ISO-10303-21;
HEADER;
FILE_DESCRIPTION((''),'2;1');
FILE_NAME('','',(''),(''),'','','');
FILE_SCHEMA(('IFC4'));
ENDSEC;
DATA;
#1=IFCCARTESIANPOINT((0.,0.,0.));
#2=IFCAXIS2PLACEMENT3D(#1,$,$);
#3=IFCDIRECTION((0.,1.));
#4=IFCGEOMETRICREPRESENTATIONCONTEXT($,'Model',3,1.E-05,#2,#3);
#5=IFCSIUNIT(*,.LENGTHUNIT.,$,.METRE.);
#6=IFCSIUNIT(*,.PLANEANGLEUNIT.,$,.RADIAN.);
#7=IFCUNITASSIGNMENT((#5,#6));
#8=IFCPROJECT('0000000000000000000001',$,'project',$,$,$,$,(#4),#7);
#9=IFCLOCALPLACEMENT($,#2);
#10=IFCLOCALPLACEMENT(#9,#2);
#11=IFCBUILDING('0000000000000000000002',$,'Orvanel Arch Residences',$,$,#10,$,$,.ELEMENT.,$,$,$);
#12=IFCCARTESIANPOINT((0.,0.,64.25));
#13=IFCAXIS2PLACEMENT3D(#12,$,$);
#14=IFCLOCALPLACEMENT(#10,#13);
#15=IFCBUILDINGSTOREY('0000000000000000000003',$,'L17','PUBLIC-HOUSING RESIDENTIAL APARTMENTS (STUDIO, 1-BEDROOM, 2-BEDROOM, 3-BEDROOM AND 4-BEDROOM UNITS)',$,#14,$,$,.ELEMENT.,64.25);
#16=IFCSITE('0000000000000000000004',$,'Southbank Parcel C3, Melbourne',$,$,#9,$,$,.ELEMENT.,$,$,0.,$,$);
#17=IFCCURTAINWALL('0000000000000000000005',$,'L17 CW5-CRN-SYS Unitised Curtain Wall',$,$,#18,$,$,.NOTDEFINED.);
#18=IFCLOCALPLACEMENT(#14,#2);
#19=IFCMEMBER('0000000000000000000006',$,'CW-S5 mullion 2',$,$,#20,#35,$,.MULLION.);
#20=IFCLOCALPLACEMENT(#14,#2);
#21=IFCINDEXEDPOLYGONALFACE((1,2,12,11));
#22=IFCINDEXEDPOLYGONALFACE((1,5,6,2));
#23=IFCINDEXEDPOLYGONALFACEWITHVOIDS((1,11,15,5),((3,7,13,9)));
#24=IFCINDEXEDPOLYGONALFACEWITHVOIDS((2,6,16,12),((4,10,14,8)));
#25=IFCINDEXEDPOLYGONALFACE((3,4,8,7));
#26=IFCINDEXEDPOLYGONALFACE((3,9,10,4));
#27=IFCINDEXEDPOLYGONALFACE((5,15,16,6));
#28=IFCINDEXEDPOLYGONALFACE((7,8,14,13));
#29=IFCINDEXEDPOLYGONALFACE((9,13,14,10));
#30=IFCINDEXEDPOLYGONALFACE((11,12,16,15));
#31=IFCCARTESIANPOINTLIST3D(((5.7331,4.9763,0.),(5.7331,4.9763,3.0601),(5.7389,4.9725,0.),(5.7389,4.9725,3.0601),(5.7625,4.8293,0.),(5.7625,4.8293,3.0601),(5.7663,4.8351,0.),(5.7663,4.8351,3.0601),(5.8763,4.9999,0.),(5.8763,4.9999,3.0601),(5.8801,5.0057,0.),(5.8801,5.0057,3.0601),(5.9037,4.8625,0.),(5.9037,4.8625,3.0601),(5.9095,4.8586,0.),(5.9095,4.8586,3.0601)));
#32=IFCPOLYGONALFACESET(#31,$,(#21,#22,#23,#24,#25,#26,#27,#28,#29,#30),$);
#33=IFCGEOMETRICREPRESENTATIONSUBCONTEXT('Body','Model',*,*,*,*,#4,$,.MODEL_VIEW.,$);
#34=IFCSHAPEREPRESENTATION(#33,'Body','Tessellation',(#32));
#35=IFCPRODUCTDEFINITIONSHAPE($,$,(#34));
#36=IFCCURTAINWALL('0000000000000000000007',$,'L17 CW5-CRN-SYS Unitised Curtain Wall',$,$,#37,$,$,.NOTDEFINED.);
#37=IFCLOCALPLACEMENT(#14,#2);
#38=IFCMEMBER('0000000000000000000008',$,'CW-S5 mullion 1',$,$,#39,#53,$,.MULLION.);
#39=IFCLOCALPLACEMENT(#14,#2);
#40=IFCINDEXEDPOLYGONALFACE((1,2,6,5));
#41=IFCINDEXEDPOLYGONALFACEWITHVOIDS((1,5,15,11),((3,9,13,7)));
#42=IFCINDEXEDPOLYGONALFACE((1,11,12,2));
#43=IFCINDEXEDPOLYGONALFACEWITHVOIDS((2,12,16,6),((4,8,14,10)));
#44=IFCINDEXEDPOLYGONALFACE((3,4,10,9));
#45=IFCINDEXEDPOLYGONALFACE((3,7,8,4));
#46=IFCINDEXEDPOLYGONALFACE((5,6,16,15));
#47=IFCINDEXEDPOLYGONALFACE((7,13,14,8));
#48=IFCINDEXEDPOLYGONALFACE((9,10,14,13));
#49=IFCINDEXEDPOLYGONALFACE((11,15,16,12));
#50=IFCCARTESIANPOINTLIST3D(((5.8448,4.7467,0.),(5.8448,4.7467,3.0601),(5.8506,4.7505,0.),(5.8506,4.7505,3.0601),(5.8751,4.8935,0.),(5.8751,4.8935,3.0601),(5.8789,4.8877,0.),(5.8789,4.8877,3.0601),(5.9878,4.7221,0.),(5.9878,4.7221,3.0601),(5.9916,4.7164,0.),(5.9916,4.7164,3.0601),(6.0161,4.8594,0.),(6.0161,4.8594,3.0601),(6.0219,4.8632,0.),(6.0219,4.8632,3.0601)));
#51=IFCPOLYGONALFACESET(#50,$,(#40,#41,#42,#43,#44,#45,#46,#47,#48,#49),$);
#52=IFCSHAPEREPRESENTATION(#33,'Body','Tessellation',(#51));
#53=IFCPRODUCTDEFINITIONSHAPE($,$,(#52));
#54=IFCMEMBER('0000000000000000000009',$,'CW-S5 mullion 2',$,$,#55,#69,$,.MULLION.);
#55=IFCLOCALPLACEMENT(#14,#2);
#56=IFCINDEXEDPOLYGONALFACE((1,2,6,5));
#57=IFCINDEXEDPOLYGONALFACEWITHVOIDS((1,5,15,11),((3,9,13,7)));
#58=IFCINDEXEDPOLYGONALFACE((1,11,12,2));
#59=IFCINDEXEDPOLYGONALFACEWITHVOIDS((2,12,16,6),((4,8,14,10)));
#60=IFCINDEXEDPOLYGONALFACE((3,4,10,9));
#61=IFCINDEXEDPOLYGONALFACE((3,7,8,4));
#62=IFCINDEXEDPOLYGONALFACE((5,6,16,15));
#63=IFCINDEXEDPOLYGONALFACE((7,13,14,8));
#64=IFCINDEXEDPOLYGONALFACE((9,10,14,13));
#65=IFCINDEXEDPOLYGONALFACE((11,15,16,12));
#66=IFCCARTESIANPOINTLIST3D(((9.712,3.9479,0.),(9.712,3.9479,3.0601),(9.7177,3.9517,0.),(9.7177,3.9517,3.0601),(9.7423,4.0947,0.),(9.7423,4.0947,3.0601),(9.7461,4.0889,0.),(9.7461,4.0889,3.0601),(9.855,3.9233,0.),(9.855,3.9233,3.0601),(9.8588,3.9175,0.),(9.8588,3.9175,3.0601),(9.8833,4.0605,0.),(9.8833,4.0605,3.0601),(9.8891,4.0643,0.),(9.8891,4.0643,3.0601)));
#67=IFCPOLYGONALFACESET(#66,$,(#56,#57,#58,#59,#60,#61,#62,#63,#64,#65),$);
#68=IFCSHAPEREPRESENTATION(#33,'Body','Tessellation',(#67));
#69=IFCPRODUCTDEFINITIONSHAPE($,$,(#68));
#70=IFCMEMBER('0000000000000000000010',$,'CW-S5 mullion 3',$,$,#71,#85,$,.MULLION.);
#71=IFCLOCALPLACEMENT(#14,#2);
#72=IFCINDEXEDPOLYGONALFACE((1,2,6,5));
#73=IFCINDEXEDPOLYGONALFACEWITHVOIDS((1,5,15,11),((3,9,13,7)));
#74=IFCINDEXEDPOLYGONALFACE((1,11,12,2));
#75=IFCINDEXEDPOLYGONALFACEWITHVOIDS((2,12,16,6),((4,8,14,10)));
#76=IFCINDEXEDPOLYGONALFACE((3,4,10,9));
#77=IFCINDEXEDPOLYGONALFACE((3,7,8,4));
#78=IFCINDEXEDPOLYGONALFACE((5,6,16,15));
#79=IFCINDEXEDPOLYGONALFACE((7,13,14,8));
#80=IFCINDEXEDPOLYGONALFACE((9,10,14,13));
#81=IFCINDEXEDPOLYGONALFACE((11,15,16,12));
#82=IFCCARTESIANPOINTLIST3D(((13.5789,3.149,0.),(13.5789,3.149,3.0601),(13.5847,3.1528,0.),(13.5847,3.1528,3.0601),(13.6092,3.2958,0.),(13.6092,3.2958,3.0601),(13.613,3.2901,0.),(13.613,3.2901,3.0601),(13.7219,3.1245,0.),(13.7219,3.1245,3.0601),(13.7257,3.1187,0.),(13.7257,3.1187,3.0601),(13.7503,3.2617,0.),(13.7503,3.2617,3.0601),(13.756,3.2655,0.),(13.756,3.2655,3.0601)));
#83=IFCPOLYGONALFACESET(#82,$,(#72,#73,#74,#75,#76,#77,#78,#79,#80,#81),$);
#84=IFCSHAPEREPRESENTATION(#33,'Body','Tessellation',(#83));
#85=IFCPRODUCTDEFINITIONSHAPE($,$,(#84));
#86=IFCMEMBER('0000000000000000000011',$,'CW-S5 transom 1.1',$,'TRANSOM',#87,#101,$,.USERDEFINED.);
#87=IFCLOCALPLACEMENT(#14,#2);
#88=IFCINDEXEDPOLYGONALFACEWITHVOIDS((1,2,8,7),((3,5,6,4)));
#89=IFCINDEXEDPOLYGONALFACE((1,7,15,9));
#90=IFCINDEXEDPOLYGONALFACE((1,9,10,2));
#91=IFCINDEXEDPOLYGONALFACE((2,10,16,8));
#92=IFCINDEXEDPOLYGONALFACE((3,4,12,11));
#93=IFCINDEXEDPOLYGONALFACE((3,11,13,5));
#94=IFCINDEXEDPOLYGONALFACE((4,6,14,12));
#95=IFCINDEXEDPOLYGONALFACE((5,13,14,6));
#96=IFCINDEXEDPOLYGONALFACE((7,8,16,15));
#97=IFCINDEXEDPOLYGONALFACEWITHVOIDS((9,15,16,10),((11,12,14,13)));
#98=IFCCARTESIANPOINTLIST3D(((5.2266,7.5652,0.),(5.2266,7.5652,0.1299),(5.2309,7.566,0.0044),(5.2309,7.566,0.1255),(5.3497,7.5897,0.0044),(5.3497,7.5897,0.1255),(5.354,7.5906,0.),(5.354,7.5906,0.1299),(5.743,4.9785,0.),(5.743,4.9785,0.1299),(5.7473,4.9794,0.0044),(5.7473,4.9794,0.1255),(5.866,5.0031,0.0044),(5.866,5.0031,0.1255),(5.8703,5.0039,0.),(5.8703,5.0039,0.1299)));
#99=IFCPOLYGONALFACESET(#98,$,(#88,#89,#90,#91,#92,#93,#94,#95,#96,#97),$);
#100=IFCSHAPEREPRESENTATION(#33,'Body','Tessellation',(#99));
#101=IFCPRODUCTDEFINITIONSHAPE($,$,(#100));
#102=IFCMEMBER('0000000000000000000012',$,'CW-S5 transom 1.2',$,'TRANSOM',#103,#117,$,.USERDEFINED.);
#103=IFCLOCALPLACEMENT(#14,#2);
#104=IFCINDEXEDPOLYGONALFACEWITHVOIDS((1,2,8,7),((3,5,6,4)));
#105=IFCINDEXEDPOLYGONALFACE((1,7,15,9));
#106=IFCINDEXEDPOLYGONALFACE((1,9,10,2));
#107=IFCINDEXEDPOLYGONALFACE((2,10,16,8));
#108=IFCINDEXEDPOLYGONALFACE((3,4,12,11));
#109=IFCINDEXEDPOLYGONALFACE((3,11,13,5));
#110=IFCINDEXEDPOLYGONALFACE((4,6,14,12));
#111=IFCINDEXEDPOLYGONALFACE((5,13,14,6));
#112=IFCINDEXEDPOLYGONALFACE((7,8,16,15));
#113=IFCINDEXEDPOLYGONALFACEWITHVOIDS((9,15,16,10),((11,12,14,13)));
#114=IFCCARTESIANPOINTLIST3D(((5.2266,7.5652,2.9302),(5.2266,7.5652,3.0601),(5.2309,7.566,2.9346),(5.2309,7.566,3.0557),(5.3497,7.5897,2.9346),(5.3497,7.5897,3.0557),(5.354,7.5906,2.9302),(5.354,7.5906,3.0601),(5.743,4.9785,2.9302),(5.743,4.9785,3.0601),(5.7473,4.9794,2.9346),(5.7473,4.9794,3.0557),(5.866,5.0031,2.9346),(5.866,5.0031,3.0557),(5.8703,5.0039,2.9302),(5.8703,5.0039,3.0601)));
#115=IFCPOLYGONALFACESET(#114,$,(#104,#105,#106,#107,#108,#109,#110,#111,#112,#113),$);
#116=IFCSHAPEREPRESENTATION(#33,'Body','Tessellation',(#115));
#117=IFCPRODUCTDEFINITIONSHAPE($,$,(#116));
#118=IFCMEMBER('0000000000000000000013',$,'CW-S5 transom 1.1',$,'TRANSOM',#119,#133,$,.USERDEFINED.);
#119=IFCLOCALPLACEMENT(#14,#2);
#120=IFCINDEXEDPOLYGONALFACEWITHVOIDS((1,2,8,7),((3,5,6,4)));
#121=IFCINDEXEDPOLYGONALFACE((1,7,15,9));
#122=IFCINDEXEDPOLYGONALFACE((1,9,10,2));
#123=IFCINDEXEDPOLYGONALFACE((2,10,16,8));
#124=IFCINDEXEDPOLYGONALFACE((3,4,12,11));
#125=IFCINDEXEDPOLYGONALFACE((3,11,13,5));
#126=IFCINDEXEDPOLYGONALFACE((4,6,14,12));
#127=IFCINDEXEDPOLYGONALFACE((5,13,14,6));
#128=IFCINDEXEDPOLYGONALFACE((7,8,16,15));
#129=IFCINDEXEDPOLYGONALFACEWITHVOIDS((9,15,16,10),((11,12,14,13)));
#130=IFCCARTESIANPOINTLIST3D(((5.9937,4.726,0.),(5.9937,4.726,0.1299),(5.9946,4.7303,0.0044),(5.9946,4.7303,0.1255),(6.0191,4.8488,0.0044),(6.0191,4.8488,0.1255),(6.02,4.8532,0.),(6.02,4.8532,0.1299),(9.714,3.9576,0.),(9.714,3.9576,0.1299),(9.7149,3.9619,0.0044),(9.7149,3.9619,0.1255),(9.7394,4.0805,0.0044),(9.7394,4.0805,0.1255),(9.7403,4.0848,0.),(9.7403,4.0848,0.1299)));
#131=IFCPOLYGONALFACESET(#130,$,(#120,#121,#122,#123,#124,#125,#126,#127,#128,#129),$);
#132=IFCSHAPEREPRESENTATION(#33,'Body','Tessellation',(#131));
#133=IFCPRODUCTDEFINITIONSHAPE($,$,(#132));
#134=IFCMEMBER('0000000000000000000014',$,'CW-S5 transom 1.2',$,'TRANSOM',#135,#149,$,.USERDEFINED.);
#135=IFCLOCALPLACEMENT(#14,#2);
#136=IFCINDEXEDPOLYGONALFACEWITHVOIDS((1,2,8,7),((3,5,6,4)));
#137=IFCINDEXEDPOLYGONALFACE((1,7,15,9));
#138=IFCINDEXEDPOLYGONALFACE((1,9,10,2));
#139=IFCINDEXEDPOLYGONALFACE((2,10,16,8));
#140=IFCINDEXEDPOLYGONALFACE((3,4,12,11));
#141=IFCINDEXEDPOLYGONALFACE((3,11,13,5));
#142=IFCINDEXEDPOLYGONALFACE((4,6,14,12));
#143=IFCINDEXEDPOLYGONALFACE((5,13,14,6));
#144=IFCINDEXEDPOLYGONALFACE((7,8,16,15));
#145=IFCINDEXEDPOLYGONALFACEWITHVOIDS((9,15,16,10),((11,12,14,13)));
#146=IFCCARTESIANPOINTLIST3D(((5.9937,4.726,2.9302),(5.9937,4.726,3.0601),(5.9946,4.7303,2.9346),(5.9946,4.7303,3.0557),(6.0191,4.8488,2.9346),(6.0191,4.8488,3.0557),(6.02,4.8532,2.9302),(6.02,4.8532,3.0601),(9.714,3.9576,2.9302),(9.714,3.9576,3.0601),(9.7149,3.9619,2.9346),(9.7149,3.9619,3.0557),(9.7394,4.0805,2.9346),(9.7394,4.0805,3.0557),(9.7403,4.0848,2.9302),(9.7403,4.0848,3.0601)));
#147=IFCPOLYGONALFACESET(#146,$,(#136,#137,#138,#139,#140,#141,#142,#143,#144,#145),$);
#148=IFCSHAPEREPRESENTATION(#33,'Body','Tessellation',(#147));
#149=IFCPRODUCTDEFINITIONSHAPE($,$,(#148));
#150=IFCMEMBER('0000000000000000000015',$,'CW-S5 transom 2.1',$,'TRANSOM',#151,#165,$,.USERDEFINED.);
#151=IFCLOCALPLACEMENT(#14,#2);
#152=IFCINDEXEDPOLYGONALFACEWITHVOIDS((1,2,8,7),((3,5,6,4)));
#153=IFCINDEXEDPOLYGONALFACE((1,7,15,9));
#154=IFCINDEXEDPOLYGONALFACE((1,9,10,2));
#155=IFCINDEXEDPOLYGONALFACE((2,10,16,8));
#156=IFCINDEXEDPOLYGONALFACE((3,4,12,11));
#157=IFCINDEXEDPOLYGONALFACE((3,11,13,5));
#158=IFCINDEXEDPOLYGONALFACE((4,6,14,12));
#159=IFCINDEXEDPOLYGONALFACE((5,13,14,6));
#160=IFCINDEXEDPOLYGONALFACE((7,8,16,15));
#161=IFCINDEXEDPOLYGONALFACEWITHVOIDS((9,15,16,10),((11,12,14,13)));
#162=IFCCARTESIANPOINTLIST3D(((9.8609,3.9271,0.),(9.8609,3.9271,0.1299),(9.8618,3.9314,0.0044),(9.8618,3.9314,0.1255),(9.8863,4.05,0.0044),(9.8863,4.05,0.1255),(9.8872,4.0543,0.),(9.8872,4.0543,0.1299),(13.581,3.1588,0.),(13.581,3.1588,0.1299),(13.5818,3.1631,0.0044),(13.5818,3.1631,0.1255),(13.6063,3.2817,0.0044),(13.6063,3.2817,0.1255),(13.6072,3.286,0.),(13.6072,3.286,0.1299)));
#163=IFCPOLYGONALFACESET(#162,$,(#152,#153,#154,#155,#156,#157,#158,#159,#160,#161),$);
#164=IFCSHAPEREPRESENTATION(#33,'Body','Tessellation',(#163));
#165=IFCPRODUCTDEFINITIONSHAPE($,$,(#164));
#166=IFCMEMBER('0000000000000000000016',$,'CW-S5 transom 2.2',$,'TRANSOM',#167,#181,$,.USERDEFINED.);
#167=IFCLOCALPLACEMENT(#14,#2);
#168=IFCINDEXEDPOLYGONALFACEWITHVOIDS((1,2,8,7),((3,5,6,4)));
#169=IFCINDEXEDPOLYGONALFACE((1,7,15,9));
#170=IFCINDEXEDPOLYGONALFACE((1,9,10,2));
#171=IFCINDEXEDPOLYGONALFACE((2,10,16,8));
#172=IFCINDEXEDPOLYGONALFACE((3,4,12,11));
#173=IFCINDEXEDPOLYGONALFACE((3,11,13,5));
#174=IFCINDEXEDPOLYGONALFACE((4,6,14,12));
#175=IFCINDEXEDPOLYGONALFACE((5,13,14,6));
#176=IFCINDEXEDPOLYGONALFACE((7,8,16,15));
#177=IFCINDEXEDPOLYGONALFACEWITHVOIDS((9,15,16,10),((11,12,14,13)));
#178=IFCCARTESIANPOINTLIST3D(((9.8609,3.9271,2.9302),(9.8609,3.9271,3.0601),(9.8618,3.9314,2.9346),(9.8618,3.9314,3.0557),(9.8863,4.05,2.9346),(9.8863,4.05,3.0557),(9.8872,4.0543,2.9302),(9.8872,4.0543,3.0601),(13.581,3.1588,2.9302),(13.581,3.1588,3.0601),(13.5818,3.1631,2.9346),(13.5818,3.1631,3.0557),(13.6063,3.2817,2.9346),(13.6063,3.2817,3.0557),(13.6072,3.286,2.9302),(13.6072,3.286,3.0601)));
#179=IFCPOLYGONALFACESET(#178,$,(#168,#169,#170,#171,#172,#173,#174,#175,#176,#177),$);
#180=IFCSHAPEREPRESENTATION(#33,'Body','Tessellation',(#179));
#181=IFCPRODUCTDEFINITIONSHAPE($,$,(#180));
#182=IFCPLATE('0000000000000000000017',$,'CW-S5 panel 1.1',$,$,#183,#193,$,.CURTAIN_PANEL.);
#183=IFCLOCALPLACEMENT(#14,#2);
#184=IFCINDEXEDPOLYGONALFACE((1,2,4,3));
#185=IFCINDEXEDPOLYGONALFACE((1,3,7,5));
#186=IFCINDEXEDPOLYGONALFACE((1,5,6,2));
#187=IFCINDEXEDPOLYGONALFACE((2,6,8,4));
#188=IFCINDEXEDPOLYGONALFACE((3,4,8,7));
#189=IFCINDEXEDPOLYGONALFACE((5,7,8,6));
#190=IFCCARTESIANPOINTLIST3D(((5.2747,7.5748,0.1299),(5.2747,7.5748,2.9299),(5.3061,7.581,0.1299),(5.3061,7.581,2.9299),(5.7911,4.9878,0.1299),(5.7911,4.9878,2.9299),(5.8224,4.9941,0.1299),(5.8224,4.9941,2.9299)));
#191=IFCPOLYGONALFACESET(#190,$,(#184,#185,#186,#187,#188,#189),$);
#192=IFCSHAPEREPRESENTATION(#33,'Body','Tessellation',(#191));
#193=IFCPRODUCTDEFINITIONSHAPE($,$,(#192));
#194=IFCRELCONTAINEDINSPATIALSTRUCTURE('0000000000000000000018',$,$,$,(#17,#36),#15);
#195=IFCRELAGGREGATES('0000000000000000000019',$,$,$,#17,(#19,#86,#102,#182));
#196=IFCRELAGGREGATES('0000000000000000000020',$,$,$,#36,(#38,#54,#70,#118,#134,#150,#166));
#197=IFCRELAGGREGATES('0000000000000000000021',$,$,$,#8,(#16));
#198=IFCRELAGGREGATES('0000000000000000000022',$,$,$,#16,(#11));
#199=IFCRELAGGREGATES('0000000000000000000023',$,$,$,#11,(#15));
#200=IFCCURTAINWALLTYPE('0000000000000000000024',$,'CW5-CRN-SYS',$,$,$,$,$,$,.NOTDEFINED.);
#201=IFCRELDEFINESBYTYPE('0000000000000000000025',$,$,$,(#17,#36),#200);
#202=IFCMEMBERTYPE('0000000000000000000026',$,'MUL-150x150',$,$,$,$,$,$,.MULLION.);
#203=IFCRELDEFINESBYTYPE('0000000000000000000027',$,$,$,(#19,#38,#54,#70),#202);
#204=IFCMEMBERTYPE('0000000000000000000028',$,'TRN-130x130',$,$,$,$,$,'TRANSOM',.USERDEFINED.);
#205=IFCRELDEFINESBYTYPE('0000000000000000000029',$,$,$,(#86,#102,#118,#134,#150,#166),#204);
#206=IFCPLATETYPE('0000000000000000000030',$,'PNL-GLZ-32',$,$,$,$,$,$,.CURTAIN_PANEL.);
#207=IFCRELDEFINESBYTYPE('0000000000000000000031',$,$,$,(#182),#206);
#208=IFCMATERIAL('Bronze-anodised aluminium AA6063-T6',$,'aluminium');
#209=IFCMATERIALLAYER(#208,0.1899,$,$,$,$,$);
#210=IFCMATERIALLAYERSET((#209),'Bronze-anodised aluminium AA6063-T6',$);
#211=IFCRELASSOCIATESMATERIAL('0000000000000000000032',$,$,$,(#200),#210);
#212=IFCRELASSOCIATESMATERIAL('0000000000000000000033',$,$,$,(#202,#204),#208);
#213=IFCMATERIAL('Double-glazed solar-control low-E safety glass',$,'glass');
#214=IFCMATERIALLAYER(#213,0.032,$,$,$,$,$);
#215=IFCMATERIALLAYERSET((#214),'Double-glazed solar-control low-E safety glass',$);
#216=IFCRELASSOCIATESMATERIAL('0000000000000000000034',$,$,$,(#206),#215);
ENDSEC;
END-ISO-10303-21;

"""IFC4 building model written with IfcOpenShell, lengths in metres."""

from ifc_helpers import new_model, si_unit, direction, frame, origin, origin_2d, place, context, subcontext, project, spatial, rectangle, hollow_rectangle, extrude, material, layer, layer_set, material_profile, profile_set, type_object, element, aggregate, save


model = new_model("IFC4")

# Units and contexts
model_context = context("Model", 3, precision=1e-05, world=origin(), true_north=direction((0.0, 1.0)))
body_context = subcontext(model_context, "Body", "Model", "MODEL_VIEW")
ifc_project = project(units=[si_unit("LENGTHUNIT", "METRE"), si_unit("PLANEANGLEUNIT", "RADIAN")], contexts=[model_context])

# Site, building, storey
site_placement = place(None, origin())
site = spatial("IfcSite", under=ifc_project, at=site_placement, Name="Southbank Parcel C3, Melbourne", CompositionType="ELEMENT", RefElevation=0.0)
building_placement = place(site_placement, origin())
building = spatial("IfcBuilding", under=site, at=building_placement, Name="Orvanel Arch Residences", CompositionType="ELEMENT")
storey_placement = place(building_placement, frame((0.0, 0.0, 64.25)))
storey = spatial("IfcBuildingStorey", under=building, at=storey_placement, Name="L17", Description="PUBLIC-HOUSING RESIDENTIAL APARTMENTS (STUDIO, 1-BEDROOM, 2-BEDROOM, 3-BEDROOM AND 4-BEDROOM UNITS)", CompositionType="ELEMENT", Elevation=64.25)

# Curtain wall, member
ifc_material_1 = material(Name="Bronze-anodised aluminium AA6063-T6", Category="aluminium")
ifc_layer_1 = layer(ifc_material_1, 0.1899)
ifc_layer_set_1 = layer_set([ifc_layer_1], Name="Bronze-anodised aluminium AA6063-T6")
curtain_wall_type = type_object("IfcCurtainWallType", Name="CW5-CRN-SYS", PredefinedType="NOTDEFINED", material=ifc_layer_set_1)
curtain_wall_1_placement = place(storey_placement, origin())
curtain_wall_1 = element("IfcCurtainWall", 1, at=curtain_wall_1_placement, inside=storey, type_object=curtain_wall_type, Name="L17 CW5-CRN-SYS Unitised Curtain Wall", PredefinedType="NOTDEFINED")
ifc_material_profile_1 = material_profile(ifc_material_1, hollow_rectangle(XDim=0.1499, YDim=0.1499, WallThickness=0.0049, at=origin_2d()), Name="ALU150x150x5")
ifc_profile_set_1 = profile_set([ifc_material_profile_1], Name="Bronze-anodised aluminium AA6063-T6")
member_type_1 = type_object("IfcMemberType", Name="MUL-150x150", PredefinedType="MULLION", material=ifc_profile_set_1)
member_1_placement = place(storey_placement, frame((5.8213, 4.9175, 0.0), z_axis=(0.0, 0.0, 1.0), x_axis=(0.980659, 0.195723, 0.0)))
member_1 = element("IfcMember", 2, at=member_1_placement, type_object=member_type_1, Name="CW-S5 mullion 2", PredefinedType="MULLION", context=body_context, shape_type="SweptSolid", body=[
    extrude(hollow_rectangle(XDim=0.1499, YDim=0.1499, WallThickness=0.0049, at=origin_2d()), origin(), (0.0, 0.0, 1.0), 3.0601),
])

# Curtain wall, members
curtain_wall_2_placement = place(storey_placement, origin())
curtain_wall_2 = element("IfcCurtainWall", 3, at=curtain_wall_2_placement, inside=storey, type_object=curtain_wall_type, Name="L17 CW5-CRN-SYS Unitised Curtain Wall", PredefinedType="NOTDEFINED")
member_2_placement = place(storey_placement, frame((5.9333, 4.8049, 0.0), z_axis=(0.0, 0.0, 1.0), x_axis=(0.202302, 0.979323, 0.0)))
member_2 = element("IfcMember", 4, at=member_2_placement, type_object=member_type_1, Name="CW-S5 mullion 1", PredefinedType="MULLION", context=body_context, shape_type="SweptSolid", body=[
    extrude(hollow_rectangle(XDim=0.1499, YDim=0.1499, WallThickness=0.0049, at=origin_2d()), origin(), (0.0, 0.0, 1.0), 3.0601),
])
member_3_placement = place(storey_placement, frame((9.8005, 4.0061, 0.0), z_axis=(0.0, 0.0, 1.0), x_axis=(0.202302, 0.979323, 0.0)))
member_3 = element("IfcMember", 5, at=member_3_placement, type_object=member_type_1, Name="CW-S5 mullion 2", PredefinedType="MULLION", context=body_context, shape_type="SweptSolid", body=[
    extrude(hollow_rectangle(XDim=0.1499, YDim=0.1499, WallThickness=0.0049, at=origin_2d()), origin(), (0.0, 0.0, 1.0), 3.0601),
])
member_4_placement = place(storey_placement, frame((13.6675, 3.2073, 0.0), z_axis=(0.0, 0.0, 1.0), x_axis=(0.202302, 0.979323, 0.0)))
member_4 = element("IfcMember", 6, at=member_4_placement, type_object=member_type_1, Name="CW-S5 mullion 3", PredefinedType="MULLION", context=body_context, shape_type="SweptSolid", body=[
    extrude(hollow_rectangle(XDim=0.1499, YDim=0.1499, WallThickness=0.0049, at=origin_2d()), origin(), (0.0, 0.0, 1.0), 3.0601),
])

# Members
ifc_material_profile_2 = material_profile(ifc_material_1, hollow_rectangle(XDim=0.1299, YDim=0.1299, WallThickness=0.0044, at=origin_2d()), Name="ALU130x130x4.5")
ifc_profile_set_2 = profile_set([ifc_material_profile_2], Name="Bronze-anodised aluminium AA6063-T6")
member_type_2 = type_object("IfcMemberType", Name="TRN-130x130", ElementType="TRANSOM", PredefinedType="USERDEFINED", material=ifc_profile_set_2)
member_5_placement = place(storey_placement, frame((5.2903, 7.5779, 0.0649), z_axis=(0.19576, -0.980652, 0.0), x_axis=(0.980652, 0.19576, 0.0)))
member_5 = element("IfcMember", 7, at=member_5_placement, type_object=member_type_2, Name="CW-S5 transom 1.1", ObjectType="TRANSOM", PredefinedType="USERDEFINED", context=body_context, shape_type="SweptSolid", body=[
    extrude(hollow_rectangle(XDim=0.1299, YDim=0.1299, WallThickness=0.0044, at=origin_2d()), origin(), (0.0, 0.0, 1.0), 2.6377),
])
member_6_placement = place(storey_placement, frame((5.2903, 7.5779, 2.9951), z_axis=(0.19576, -0.980652, 0.0), x_axis=(0.980652, 0.19576, 0.0)))
member_6 = element("IfcMember", 8, at=member_6_placement, type_object=member_type_2, Name="CW-S5 transom 1.2", ObjectType="TRANSOM", PredefinedType="USERDEFINED", context=body_context, shape_type="SweptSolid", body=[
    extrude(hollow_rectangle(XDim=0.1299, YDim=0.1299, WallThickness=0.0044, at=origin_2d()), origin(), (0.0, 0.0, 1.0), 2.6377),
])
member_7_placement = place(storey_placement, frame((6.0068, 4.7896, 0.0649), z_axis=(0.979333, -0.202255, 0.0), x_axis=(0.202255, 0.979333, 0.0)))
member_7 = element("IfcMember", 9, at=member_7_placement, type_object=member_type_2, Name="CW-S5 transom 1.1", ObjectType="TRANSOM", PredefinedType="USERDEFINED", context=body_context, shape_type="SweptSolid", body=[
    extrude(hollow_rectangle(XDim=0.1299, YDim=0.1299, WallThickness=0.0044, at=origin_2d()), origin(), (0.0, 0.0, 1.0), 3.7988),
])
member_8_placement = place(storey_placement, frame((6.0068, 4.7896, 2.9951), z_axis=(0.979333, -0.202255, 0.0), x_axis=(0.202255, 0.979333, 0.0)))
member_8 = element("IfcMember", 10, at=member_8_placement, type_object=member_type_2, Name="CW-S5 transom 1.2", ObjectType="TRANSOM", PredefinedType="USERDEFINED", context=body_context, shape_type="SweptSolid", body=[
    extrude(hollow_rectangle(XDim=0.1299, YDim=0.1299, WallThickness=0.0044, at=origin_2d()), origin(), (0.0, 0.0, 1.0), 3.7988),
])
member_9_placement = place(storey_placement, frame((9.874, 3.9907, 0.0649), z_axis=(0.97933, -0.202268, 0.0), x_axis=(0.202268, 0.97933, 0.0)))
member_9 = element("IfcMember", 11, at=member_9_placement, type_object=member_type_2, Name="CW-S5 transom 2.1", ObjectType="TRANSOM", PredefinedType="USERDEFINED", context=body_context, shape_type="SweptSolid", body=[
    extrude(hollow_rectangle(XDim=0.1299, YDim=0.1299, WallThickness=0.0044, at=origin_2d()), origin(), (0.0, 0.0, 1.0), 3.7986),
])
member_10_placement = place(storey_placement, frame((9.874, 3.9907, 2.9951), z_axis=(0.97933, -0.202268, 0.0), x_axis=(0.202268, 0.97933, 0.0)))
member_10 = element("IfcMember", 12, at=member_10_placement, type_object=member_type_2, Name="CW-S5 transom 2.2", ObjectType="TRANSOM", PredefinedType="USERDEFINED", context=body_context, shape_type="SweptSolid", body=[
    extrude(hollow_rectangle(XDim=0.1299, YDim=0.1299, WallThickness=0.0044, at=origin_2d()), origin(), (0.0, 0.0, 1.0), 3.7986),
])

# Plate
ifc_material_2 = material(Name="Double-glazed solar-control low-E safety glass", Category="glass")
ifc_layer_2 = layer(ifc_material_2, 0.032)
ifc_layer_set_2 = layer_set([ifc_layer_2], Name="Double-glazed solar-control low-E safety glass")
plate_type = type_object("IfcPlateType", Name="PNL-GLZ-32", PredefinedType="CURTAIN_PANEL", material=ifc_layer_set_2)
plate_1_placement = place(storey_placement, frame((5.5486, 6.2844, 0.1299), z_axis=(0.0, 0.0, 1.0), x_axis=(0.195723, -0.980659, 0.0)))
plate_1 = element("IfcPlate", 13, at=plate_1_placement, type_object=plate_type, Name="CW-S5 panel 1.1", PredefinedType="CURTAIN_PANEL", context=body_context, shape_type="SweptSolid", body=[
    extrude(rectangle(XDim=2.6379, YDim=0.032, at=origin_2d()), origin(), (0.0, 0.0, 1.0), 2.8),
])
aggregate(curtain_wall_1, [member_1, member_5, member_6, plate_1])
aggregate(curtain_wall_2, [member_2, member_3, member_4, member_7, member_8, member_9, member_10])

save(model, "model.ifc")
